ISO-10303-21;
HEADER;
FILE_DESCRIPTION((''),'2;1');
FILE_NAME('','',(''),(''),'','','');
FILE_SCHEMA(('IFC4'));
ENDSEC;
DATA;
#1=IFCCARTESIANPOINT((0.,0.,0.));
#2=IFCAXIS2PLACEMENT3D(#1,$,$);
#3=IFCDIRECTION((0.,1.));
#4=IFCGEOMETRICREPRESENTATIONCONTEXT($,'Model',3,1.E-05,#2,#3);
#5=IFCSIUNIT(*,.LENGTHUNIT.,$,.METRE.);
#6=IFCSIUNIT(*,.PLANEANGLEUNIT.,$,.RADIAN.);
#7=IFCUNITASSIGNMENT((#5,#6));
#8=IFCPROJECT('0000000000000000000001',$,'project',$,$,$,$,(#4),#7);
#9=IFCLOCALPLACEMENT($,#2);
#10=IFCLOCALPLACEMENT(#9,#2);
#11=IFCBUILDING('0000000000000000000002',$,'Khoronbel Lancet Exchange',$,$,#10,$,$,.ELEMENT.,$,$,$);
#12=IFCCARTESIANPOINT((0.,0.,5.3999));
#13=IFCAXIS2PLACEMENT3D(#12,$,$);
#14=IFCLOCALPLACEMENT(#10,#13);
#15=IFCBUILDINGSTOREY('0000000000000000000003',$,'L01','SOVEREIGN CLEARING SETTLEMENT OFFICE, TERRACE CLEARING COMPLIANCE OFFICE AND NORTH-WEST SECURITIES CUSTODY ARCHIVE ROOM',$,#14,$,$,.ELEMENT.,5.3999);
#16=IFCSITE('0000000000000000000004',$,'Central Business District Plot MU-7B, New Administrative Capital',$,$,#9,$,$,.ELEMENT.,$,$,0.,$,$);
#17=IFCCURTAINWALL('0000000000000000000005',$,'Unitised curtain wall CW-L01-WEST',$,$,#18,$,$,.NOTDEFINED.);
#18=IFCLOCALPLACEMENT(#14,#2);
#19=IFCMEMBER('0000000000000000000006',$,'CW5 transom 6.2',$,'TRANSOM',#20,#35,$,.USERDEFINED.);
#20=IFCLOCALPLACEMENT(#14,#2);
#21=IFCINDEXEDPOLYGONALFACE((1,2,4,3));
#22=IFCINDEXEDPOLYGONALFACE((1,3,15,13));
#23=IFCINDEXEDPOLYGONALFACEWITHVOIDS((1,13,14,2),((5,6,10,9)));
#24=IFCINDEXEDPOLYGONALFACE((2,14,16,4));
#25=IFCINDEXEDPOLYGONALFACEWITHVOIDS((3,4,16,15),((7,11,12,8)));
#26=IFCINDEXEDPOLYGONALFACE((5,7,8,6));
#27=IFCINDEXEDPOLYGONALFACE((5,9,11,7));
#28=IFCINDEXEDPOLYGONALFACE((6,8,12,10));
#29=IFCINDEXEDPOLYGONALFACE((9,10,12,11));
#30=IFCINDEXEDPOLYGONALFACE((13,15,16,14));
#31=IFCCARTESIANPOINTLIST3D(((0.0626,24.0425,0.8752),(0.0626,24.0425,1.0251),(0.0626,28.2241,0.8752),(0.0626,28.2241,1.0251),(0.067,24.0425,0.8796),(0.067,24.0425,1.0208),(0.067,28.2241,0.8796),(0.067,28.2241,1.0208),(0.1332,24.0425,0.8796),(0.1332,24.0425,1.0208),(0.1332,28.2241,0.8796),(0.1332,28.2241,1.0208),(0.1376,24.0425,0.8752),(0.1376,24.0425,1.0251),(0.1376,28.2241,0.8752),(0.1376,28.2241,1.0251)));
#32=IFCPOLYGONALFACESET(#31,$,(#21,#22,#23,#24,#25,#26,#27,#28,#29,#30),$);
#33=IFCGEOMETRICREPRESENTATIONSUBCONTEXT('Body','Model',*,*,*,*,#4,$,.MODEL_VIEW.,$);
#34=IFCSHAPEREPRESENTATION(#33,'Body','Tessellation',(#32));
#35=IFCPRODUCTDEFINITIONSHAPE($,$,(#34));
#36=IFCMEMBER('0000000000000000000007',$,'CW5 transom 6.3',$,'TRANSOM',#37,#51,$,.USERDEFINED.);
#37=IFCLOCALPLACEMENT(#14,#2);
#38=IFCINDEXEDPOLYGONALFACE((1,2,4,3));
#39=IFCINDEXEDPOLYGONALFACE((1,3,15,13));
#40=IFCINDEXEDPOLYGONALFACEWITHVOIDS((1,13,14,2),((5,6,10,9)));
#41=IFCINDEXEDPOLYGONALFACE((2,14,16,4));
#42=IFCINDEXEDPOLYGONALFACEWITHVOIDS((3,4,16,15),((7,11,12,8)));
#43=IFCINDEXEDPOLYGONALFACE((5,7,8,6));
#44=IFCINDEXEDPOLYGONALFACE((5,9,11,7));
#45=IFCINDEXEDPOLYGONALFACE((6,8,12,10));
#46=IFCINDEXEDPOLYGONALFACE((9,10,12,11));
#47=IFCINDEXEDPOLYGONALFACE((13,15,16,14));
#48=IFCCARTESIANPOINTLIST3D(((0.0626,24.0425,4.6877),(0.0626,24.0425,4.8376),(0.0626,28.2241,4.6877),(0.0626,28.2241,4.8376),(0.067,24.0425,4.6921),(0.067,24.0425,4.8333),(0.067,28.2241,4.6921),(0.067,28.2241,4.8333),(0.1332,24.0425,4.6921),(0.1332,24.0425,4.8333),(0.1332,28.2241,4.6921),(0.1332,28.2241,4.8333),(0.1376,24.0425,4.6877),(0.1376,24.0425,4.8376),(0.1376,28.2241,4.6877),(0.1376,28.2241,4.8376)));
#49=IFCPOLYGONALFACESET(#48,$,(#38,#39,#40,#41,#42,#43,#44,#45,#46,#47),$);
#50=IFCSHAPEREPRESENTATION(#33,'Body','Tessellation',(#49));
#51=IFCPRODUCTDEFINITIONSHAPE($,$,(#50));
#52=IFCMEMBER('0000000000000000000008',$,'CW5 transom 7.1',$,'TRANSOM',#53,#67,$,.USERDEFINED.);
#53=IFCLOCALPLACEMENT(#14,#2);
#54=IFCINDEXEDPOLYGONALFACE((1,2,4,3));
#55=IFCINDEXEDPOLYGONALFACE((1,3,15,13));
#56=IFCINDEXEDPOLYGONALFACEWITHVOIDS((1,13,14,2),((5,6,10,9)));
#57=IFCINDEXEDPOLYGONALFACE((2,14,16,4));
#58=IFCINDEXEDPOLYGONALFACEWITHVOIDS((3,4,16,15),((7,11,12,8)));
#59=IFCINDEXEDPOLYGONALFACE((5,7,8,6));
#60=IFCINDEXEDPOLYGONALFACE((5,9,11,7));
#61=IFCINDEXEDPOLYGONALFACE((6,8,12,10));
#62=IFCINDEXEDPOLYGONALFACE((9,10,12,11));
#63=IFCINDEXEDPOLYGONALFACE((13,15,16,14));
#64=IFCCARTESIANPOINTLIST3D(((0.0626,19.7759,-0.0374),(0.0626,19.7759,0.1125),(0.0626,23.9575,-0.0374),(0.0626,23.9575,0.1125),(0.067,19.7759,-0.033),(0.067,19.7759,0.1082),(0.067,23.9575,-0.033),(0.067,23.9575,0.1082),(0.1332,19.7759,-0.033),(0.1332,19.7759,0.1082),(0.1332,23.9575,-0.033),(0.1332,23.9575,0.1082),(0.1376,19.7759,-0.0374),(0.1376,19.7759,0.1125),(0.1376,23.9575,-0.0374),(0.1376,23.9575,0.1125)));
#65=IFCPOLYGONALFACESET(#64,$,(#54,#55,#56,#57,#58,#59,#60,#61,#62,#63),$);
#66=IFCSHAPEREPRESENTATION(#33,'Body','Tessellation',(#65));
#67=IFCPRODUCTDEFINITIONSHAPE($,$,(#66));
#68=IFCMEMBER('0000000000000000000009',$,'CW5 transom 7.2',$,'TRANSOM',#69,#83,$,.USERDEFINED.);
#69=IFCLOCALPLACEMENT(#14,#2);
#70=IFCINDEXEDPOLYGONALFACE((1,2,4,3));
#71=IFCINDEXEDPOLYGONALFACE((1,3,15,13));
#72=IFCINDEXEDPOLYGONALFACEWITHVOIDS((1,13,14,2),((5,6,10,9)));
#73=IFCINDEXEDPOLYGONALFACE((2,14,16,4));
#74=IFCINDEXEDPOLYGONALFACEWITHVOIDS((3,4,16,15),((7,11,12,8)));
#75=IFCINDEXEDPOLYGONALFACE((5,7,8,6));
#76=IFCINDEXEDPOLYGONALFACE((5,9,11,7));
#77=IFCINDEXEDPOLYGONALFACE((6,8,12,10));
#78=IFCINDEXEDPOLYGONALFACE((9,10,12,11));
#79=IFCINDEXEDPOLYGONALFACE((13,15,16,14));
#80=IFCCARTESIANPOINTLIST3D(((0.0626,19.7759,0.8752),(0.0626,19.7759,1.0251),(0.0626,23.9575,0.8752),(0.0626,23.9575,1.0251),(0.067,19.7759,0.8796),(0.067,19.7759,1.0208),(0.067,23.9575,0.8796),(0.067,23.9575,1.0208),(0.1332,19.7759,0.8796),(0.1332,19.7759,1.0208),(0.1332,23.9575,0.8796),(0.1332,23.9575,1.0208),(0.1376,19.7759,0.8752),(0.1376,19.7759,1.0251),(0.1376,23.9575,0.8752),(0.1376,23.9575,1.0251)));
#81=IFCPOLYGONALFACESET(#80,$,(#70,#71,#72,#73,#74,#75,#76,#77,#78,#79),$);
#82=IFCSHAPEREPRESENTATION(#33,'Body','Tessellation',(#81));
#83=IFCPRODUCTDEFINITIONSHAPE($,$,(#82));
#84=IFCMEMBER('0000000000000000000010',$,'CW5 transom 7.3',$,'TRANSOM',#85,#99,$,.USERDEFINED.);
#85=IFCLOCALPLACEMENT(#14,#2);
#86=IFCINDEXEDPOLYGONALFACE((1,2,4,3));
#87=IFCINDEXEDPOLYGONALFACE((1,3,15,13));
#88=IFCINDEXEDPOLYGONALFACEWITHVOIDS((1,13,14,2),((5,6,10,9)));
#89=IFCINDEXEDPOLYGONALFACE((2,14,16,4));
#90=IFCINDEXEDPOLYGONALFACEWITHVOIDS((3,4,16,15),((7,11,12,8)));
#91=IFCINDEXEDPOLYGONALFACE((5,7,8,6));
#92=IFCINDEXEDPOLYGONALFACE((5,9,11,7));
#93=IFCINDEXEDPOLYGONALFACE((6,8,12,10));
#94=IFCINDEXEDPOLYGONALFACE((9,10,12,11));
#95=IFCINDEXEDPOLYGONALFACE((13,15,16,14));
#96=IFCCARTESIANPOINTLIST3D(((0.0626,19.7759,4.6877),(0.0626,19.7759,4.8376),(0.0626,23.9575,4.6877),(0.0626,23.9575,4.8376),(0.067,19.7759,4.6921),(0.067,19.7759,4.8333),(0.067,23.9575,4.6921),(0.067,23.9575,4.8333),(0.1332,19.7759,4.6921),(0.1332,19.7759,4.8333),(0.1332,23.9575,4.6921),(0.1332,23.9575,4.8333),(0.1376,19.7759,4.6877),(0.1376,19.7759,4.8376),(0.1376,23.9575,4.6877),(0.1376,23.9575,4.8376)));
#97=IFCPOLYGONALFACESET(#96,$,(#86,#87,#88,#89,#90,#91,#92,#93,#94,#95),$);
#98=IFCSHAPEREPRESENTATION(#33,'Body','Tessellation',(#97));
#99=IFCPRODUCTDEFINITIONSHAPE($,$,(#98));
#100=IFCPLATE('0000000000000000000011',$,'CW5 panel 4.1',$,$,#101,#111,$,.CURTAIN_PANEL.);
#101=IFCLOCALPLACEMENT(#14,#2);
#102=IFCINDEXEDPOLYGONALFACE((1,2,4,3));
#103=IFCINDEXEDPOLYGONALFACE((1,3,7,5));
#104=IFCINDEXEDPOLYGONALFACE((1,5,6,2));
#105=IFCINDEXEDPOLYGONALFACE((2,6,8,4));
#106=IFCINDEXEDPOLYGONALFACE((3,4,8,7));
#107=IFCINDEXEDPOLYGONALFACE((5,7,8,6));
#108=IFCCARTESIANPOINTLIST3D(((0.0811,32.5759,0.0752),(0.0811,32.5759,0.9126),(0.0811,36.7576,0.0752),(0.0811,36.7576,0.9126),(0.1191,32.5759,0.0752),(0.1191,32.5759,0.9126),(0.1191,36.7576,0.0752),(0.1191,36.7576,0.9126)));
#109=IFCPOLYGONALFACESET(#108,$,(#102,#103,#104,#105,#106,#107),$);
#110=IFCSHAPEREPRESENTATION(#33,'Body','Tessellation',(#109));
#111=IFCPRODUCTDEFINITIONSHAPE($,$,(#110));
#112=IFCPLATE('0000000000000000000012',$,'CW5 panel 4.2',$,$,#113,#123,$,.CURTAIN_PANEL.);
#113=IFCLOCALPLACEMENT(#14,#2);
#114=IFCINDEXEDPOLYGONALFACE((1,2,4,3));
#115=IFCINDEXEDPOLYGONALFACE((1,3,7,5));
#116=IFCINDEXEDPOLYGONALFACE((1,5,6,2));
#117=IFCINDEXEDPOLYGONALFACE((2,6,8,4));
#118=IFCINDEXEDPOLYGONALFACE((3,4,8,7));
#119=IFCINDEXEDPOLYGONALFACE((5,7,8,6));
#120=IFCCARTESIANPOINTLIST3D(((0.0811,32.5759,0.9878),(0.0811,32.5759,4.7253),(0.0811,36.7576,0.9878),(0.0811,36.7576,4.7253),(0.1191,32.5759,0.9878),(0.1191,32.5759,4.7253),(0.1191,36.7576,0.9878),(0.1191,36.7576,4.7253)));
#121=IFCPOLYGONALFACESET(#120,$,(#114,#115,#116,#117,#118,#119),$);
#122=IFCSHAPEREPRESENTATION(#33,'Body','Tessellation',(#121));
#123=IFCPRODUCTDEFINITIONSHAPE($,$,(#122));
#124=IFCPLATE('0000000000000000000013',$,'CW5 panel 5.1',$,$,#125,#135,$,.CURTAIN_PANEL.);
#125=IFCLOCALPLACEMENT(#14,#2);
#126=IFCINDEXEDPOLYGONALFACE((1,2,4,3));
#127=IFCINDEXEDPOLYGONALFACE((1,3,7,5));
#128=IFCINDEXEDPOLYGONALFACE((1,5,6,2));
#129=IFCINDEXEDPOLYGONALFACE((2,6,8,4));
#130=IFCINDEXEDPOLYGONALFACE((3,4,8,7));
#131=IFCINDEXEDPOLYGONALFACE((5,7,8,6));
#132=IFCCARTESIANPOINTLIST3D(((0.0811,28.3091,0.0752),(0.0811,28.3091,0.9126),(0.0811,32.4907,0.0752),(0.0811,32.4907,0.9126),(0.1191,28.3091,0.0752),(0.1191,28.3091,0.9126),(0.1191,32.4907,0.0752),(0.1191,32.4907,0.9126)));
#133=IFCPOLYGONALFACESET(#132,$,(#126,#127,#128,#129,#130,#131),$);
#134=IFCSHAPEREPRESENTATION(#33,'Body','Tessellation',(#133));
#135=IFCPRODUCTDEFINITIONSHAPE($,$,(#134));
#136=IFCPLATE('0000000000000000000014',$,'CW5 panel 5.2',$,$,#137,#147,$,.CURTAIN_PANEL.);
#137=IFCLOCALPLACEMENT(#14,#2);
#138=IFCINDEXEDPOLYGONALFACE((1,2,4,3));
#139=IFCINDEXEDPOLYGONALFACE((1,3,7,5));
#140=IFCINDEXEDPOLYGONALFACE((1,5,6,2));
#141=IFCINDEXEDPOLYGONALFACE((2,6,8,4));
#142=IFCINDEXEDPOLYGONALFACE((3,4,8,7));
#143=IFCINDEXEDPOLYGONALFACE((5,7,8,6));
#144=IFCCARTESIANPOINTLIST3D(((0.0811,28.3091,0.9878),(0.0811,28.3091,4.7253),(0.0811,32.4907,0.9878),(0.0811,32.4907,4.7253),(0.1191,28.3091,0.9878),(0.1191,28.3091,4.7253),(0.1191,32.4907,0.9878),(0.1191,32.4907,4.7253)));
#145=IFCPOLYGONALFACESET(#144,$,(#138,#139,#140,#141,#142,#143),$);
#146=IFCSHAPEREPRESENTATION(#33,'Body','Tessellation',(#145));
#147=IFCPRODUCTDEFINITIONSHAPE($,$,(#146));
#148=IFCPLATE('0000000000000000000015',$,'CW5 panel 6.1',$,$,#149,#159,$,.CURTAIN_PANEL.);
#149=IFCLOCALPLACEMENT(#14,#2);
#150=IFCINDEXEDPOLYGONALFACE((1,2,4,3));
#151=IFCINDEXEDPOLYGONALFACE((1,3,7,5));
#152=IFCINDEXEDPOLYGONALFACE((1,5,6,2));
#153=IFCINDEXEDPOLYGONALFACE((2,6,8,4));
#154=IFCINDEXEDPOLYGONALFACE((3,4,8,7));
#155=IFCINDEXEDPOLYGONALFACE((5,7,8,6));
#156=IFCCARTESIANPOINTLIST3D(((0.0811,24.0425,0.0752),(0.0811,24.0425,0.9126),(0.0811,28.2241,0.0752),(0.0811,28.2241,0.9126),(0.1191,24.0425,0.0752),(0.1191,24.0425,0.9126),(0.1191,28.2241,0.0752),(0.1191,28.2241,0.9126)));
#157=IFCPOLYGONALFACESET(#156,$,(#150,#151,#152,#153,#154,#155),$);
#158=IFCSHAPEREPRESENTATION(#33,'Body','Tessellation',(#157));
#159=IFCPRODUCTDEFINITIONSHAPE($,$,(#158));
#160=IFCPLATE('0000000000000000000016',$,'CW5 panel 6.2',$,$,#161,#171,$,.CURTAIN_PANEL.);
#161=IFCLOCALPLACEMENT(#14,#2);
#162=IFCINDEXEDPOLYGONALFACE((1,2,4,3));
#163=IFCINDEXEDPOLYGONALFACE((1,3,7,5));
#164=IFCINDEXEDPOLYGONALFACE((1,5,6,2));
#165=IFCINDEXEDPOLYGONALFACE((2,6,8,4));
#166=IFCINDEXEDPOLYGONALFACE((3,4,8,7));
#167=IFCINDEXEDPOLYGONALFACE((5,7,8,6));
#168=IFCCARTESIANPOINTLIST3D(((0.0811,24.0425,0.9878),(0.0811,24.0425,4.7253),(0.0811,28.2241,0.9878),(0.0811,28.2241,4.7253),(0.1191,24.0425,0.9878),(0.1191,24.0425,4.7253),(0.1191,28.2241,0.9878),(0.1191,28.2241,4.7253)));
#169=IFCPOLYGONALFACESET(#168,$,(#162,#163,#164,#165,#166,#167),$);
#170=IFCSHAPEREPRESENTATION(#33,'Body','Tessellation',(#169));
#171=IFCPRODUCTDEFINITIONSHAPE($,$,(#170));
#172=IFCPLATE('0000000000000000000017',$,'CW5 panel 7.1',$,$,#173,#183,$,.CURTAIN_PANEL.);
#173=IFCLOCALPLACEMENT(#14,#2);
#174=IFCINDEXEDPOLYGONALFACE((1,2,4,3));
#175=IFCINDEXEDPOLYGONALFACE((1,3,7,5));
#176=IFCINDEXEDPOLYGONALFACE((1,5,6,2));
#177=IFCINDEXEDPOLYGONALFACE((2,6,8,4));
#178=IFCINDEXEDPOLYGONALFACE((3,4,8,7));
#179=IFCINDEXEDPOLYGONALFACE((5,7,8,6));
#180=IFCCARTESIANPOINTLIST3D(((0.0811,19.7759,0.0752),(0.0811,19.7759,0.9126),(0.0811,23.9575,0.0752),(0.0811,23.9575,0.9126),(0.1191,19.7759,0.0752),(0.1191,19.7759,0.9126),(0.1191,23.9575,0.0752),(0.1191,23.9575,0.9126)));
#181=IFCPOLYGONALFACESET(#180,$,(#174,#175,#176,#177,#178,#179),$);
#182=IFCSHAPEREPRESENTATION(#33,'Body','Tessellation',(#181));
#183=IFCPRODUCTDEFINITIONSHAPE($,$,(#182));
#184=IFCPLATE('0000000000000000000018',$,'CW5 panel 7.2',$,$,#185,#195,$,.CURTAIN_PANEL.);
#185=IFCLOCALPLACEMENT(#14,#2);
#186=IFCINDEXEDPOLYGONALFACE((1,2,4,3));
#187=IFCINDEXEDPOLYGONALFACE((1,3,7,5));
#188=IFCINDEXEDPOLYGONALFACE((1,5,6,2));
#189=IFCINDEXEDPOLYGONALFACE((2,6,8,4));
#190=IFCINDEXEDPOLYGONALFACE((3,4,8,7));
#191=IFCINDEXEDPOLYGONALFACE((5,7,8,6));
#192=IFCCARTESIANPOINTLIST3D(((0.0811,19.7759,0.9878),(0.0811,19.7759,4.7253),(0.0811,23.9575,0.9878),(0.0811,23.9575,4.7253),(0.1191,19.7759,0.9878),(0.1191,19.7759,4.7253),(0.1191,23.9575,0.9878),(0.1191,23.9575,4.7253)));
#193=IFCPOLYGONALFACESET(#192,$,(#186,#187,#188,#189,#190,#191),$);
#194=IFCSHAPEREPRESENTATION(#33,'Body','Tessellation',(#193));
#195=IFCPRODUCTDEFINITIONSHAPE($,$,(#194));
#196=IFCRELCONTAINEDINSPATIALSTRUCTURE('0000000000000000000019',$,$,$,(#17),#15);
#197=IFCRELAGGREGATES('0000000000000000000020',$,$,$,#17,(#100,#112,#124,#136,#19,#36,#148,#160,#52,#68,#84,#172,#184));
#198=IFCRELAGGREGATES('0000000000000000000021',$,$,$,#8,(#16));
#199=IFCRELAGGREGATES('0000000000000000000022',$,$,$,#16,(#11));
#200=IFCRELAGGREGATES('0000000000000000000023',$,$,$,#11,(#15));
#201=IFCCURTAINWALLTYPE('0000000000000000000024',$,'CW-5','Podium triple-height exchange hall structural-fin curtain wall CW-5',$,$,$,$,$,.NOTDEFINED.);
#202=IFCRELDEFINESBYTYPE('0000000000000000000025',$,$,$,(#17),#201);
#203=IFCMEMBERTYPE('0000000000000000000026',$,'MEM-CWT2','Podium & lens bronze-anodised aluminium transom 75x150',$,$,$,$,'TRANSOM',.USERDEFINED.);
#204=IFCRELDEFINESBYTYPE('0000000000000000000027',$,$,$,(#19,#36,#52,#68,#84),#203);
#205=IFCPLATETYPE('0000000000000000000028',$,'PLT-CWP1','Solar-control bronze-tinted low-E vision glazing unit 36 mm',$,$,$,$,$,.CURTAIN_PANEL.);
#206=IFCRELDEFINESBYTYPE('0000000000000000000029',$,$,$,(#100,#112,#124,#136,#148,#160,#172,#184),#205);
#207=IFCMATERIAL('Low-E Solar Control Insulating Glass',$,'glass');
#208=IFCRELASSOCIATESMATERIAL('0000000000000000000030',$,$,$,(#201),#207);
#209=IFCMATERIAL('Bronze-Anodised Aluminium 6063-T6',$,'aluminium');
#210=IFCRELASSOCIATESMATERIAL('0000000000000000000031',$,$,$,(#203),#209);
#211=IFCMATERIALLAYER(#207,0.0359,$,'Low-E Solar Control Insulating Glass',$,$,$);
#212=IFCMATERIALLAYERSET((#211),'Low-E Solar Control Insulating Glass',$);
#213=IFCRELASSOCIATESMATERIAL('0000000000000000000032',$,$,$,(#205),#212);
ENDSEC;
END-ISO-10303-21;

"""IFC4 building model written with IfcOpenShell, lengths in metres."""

from ifc_helpers import new_model, si_unit, direction, frame, origin, origin_2d, place, context, subcontext, project, spatial, rectangle, hollow_rectangle, extrude, material, layer, layer_set, material_profile, profile_set, type_object, element, aggregate, save


model = new_model("IFC4")

# Units and contexts
model_context = context("Model", 3, precision=1e-05, world=origin(), true_north=direction((0.0, 1.0)))
body_context = subcontext(model_context, "Body", "Model", "MODEL_VIEW")
ifc_project = project(units=[si_unit("LENGTHUNIT", "METRE"), si_unit("PLANEANGLEUNIT", "RADIAN")], contexts=[model_context])

# Site, building, storey
site_placement = place(None, origin())
site = spatial("IfcSite", under=ifc_project, at=site_placement, Name="Central Business District Plot MU-7B, New Administrative Capital", CompositionType="ELEMENT", RefElevation=0.0)
building_placement = place(site_placement, origin())
building = spatial("IfcBuilding", under=site, at=building_placement, Name="Khoronbel Lancet Exchange", CompositionType="ELEMENT")
storey_placement = place(building_placement, frame((0.0, 0.0, 5.3999)))
storey = spatial("IfcBuildingStorey", under=building, at=storey_placement, Name="L01", Description="SOVEREIGN CLEARING SETTLEMENT OFFICE, TERRACE CLEARING COMPLIANCE OFFICE AND NORTH-WEST SECURITIES CUSTODY ARCHIVE ROOM", CompositionType="ELEMENT", Elevation=5.3999)

# Curtain wall, members, plates
ifc_material_1 = material(Name="Low-E Solar Control Insulating Glass", Category="glass")
curtain_wall_type = type_object("IfcCurtainWallType", Name="CW-5", Description="Podium triple-height exchange hall structural-fin curtain wall CW-5", PredefinedType="NOTDEFINED", material=ifc_material_1)
curtain_wall_placement = place(storey_placement, origin())
curtain_wall = element("IfcCurtainWall", 1, at=curtain_wall_placement, inside=storey, type_object=curtain_wall_type, Name="Unitised curtain wall CW-L01-WEST", PredefinedType="NOTDEFINED")
ifc_material_2 = material(Name="Bronze-Anodised Aluminium 6063-T6", Category="aluminium")
ifc_material_profile_1 = material_profile(ifc_material_2, hollow_rectangle(XDim=0.075, YDim=0.1499, WallThickness=0.0044, at=origin_2d()), Name="ALU TRANSOM 75x150")
ifc_profile_set_1 = profile_set([ifc_material_profile_1], Name="Bronze-Anodised Aluminium 6063-T6")
member_type_1 = type_object("IfcMemberType", Name="MEM-CWT2", Description="Podium & lens bronze-anodised aluminium transom 75x150", ElementType="TRANSOM", PredefinedType="USERDEFINED", material=ifc_profile_set_1)
member_1_placement = place(storey_placement, frame((0.1001, 28.2241, 0.9502), z_axis=(0.0, -1.0, 0.0), x_axis=(1.0, 0.0, 0.0)))
member_1 = element("IfcMember", 2, at=member_1_placement, type_object=member_type_1, Name="CW5 transom 6.2", ObjectType="TRANSOM", PredefinedType="USERDEFINED", context=body_context, shape_type="SweptSolid", body=[
    extrude(hollow_rectangle(XDim=0.075, YDim=0.1499, WallThickness=0.0044, at=origin_2d()), origin(), (0.0, 0.0, 1.0), 4.1816),
])
member_2_placement = place(storey_placement, frame((0.1001, 28.2241, 4.7627), z_axis=(0.0, -1.0, 0.0), x_axis=(1.0, 0.0, 0.0)))
member_2 = element("IfcMember", 3, at=member_2_placement, type_object=member_type_1, Name="CW5 transom 6.3", ObjectType="TRANSOM", PredefinedType="USERDEFINED", context=body_context, shape_type="SweptSolid", body=[
    extrude(hollow_rectangle(XDim=0.075, YDim=0.1499, WallThickness=0.0044, at=origin_2d()), origin(), (0.0, 0.0, 1.0), 4.1816),
])
member_3_placement = place(storey_placement, frame((0.1001, 23.9575, 0.0376), z_axis=(0.0, -1.0, 0.0), x_axis=(1.0, 0.0, 0.0)))
member_3 = element("IfcMember", 4, at=member_3_placement, type_object=member_type_1, Name="CW5 transom 7.1", ObjectType="TRANSOM", PredefinedType="USERDEFINED", context=body_context, shape_type="SweptSolid", body=[
    extrude(hollow_rectangle(XDim=0.075, YDim=0.1499, WallThickness=0.0044, at=origin_2d()), origin(), (0.0, 0.0, 1.0), 4.1816),
])
member_4_placement = place(storey_placement, frame((0.1001, 23.9575, 0.9502), z_axis=(0.0, -1.0, 0.0), x_axis=(1.0, 0.0, 0.0)))
member_4 = element("IfcMember", 5, at=member_4_placement, type_object=member_type_1, Name="CW5 transom 7.2", ObjectType="TRANSOM", PredefinedType="USERDEFINED", context=body_context, shape_type="SweptSolid", body=[
    extrude(hollow_rectangle(XDim=0.075, YDim=0.1499, WallThickness=0.0044, at=origin_2d()), origin(), (0.0, 0.0, 1.0), 4.1816),
])
member_5_placement = place(storey_placement, frame((0.1001, 23.9575, 4.7627), z_axis=(0.0, -1.0, 0.0), x_axis=(1.0, 0.0, 0.0)))
member_5 = element("IfcMember", 6, at=member_5_placement, type_object=member_type_1, Name="CW5 transom 7.3", ObjectType="TRANSOM", PredefinedType="USERDEFINED", context=body_context, shape_type="SweptSolid", body=[
    extrude(hollow_rectangle(XDim=0.075, YDim=0.1499, WallThickness=0.0044, at=origin_2d()), origin(), (0.0, 0.0, 1.0), 4.1816),
])
ifc_layer_1 = layer(ifc_material_1, 0.0359, Name="Low-E Solar Control Insulating Glass")
ifc_layer_set_1 = layer_set([ifc_layer_1], Name="Low-E Solar Control Insulating Glass")
plate_type = type_object("IfcPlateType", Name="PLT-CWP1", Description="Solar-control bronze-tinted low-E vision glazing unit 36 mm", PredefinedType="CURTAIN_PANEL", material=ifc_layer_set_1)
plate_1_placement = place(storey_placement, frame((0.1001, 34.6667, 0.0752), z_axis=(0.0, 0.0, 1.0), x_axis=(0.0, -1.0, 0.0)))
plate_1 = element("IfcPlate", 7, at=plate_1_placement, type_object=plate_type, Name="CW5 panel 4.1", PredefinedType="CURTAIN_PANEL", context=body_context, shape_type="SweptSolid", body=[
    extrude(rectangle(XDim=4.1816, YDim=0.0381, at=origin_2d()), origin(), (0.0, 0.0, 1.0), 0.8374),
])
plate_2_placement = place(storey_placement, frame((0.1001, 34.6667, 0.9878), z_axis=(0.0, 0.0, 1.0), x_axis=(0.0, -1.0, 0.0)))
plate_2 = element("IfcPlate", 8, at=plate_2_placement, type_object=plate_type, Name="CW5 panel 4.2", PredefinedType="CURTAIN_PANEL", context=body_context, shape_type="SweptSolid", body=[
    extrude(rectangle(XDim=4.1816, YDim=0.0381, at=origin_2d()), origin(), (0.0, 0.0, 1.0), 3.7375),
])
plate_3_placement = place(storey_placement, frame((0.1001, 30.3999, 0.0752), z_axis=(0.0, 0.0, 1.0), x_axis=(0.0, -1.0, 0.0)))
plate_3 = element("IfcPlate", 9, at=plate_3_placement, type_object=plate_type, Name="CW5 panel 5.1", PredefinedType="CURTAIN_PANEL", context=body_context, shape_type="SweptSolid", body=[
    extrude(rectangle(XDim=4.1816, YDim=0.0381, at=origin_2d()), origin(), (0.0, 0.0, 1.0), 0.8374),
])
plate_4_placement = place(storey_placement, frame((0.1001, 30.3999, 0.9878), z_axis=(0.0, 0.0, 1.0), x_axis=(0.0, -1.0, 0.0)))
plate_4 = element("IfcPlate", 10, at=plate_4_placement, type_object=plate_type, Name="CW5 panel 5.2", PredefinedType="CURTAIN_PANEL", context=body_context, shape_type="SweptSolid", body=[
    extrude(rectangle(XDim=4.1816, YDim=0.0381, at=origin_2d()), origin(), (0.0, 0.0, 1.0), 3.7375),
])
plate_5_placement = place(storey_placement, frame((0.1001, 26.1333, 0.0752), z_axis=(0.0, 0.0, 1.0), x_axis=(0.0, -1.0, 0.0)))
plate_5 = element("IfcPlate", 11, at=plate_5_placement, type_object=plate_type, Name="CW5 panel 6.1", PredefinedType="CURTAIN_PANEL", context=body_context, shape_type="SweptSolid", body=[
    extrude(rectangle(XDim=4.1816, YDim=0.0381, at=origin_2d()), origin(), (0.0, 0.0, 1.0), 0.8374),
])
plate_6_placement = place(storey_placement, frame((0.1001, 26.1333, 0.9878), z_axis=(0.0, 0.0, 1.0), x_axis=(0.0, -1.0, 0.0)))
plate_6 = element("IfcPlate", 12, at=plate_6_placement, type_object=plate_type, Name="CW5 panel 6.2", PredefinedType="CURTAIN_PANEL", context=body_context, shape_type="SweptSolid", body=[
    extrude(rectangle(XDim=4.1816, YDim=0.0381, at=origin_2d()), origin(), (0.0, 0.0, 1.0), 3.7375),
])
plate_7_placement = place(storey_placement, frame((0.1001, 21.8667, 0.0752), z_axis=(0.0, 0.0, 1.0), x_axis=(0.0, -1.0, 0.0)))
plate_7 = element("IfcPlate", 13, at=plate_7_placement, type_object=plate_type, Name="CW5 panel 7.1", PredefinedType="CURTAIN_PANEL", context=body_context, shape_type="SweptSolid", body=[
    extrude(rectangle(XDim=4.1816, YDim=0.0381, at=origin_2d()), origin(), (0.0, 0.0, 1.0), 0.8374),
])
plate_8_placement = place(storey_placement, frame((0.1001, 21.8667, 0.9878), z_axis=(0.0, 0.0, 1.0), x_axis=(0.0, -1.0, 0.0)))
plate_8 = element("IfcPlate", 14, at=plate_8_placement, type_object=plate_type, Name="CW5 panel 7.2", PredefinedType="CURTAIN_PANEL", context=body_context, shape_type="SweptSolid", body=[
    extrude(rectangle(XDim=4.1816, YDim=0.0381, at=origin_2d()), origin(), (0.0, 0.0, 1.0), 3.7375),
])
aggregate(curtain_wall, [plate_1, plate_2, plate_3, plate_4, member_1, member_2, plate_5, plate_6, member_3, member_4, member_5, plate_7, plate_8])

save(model, "model.ifc")
